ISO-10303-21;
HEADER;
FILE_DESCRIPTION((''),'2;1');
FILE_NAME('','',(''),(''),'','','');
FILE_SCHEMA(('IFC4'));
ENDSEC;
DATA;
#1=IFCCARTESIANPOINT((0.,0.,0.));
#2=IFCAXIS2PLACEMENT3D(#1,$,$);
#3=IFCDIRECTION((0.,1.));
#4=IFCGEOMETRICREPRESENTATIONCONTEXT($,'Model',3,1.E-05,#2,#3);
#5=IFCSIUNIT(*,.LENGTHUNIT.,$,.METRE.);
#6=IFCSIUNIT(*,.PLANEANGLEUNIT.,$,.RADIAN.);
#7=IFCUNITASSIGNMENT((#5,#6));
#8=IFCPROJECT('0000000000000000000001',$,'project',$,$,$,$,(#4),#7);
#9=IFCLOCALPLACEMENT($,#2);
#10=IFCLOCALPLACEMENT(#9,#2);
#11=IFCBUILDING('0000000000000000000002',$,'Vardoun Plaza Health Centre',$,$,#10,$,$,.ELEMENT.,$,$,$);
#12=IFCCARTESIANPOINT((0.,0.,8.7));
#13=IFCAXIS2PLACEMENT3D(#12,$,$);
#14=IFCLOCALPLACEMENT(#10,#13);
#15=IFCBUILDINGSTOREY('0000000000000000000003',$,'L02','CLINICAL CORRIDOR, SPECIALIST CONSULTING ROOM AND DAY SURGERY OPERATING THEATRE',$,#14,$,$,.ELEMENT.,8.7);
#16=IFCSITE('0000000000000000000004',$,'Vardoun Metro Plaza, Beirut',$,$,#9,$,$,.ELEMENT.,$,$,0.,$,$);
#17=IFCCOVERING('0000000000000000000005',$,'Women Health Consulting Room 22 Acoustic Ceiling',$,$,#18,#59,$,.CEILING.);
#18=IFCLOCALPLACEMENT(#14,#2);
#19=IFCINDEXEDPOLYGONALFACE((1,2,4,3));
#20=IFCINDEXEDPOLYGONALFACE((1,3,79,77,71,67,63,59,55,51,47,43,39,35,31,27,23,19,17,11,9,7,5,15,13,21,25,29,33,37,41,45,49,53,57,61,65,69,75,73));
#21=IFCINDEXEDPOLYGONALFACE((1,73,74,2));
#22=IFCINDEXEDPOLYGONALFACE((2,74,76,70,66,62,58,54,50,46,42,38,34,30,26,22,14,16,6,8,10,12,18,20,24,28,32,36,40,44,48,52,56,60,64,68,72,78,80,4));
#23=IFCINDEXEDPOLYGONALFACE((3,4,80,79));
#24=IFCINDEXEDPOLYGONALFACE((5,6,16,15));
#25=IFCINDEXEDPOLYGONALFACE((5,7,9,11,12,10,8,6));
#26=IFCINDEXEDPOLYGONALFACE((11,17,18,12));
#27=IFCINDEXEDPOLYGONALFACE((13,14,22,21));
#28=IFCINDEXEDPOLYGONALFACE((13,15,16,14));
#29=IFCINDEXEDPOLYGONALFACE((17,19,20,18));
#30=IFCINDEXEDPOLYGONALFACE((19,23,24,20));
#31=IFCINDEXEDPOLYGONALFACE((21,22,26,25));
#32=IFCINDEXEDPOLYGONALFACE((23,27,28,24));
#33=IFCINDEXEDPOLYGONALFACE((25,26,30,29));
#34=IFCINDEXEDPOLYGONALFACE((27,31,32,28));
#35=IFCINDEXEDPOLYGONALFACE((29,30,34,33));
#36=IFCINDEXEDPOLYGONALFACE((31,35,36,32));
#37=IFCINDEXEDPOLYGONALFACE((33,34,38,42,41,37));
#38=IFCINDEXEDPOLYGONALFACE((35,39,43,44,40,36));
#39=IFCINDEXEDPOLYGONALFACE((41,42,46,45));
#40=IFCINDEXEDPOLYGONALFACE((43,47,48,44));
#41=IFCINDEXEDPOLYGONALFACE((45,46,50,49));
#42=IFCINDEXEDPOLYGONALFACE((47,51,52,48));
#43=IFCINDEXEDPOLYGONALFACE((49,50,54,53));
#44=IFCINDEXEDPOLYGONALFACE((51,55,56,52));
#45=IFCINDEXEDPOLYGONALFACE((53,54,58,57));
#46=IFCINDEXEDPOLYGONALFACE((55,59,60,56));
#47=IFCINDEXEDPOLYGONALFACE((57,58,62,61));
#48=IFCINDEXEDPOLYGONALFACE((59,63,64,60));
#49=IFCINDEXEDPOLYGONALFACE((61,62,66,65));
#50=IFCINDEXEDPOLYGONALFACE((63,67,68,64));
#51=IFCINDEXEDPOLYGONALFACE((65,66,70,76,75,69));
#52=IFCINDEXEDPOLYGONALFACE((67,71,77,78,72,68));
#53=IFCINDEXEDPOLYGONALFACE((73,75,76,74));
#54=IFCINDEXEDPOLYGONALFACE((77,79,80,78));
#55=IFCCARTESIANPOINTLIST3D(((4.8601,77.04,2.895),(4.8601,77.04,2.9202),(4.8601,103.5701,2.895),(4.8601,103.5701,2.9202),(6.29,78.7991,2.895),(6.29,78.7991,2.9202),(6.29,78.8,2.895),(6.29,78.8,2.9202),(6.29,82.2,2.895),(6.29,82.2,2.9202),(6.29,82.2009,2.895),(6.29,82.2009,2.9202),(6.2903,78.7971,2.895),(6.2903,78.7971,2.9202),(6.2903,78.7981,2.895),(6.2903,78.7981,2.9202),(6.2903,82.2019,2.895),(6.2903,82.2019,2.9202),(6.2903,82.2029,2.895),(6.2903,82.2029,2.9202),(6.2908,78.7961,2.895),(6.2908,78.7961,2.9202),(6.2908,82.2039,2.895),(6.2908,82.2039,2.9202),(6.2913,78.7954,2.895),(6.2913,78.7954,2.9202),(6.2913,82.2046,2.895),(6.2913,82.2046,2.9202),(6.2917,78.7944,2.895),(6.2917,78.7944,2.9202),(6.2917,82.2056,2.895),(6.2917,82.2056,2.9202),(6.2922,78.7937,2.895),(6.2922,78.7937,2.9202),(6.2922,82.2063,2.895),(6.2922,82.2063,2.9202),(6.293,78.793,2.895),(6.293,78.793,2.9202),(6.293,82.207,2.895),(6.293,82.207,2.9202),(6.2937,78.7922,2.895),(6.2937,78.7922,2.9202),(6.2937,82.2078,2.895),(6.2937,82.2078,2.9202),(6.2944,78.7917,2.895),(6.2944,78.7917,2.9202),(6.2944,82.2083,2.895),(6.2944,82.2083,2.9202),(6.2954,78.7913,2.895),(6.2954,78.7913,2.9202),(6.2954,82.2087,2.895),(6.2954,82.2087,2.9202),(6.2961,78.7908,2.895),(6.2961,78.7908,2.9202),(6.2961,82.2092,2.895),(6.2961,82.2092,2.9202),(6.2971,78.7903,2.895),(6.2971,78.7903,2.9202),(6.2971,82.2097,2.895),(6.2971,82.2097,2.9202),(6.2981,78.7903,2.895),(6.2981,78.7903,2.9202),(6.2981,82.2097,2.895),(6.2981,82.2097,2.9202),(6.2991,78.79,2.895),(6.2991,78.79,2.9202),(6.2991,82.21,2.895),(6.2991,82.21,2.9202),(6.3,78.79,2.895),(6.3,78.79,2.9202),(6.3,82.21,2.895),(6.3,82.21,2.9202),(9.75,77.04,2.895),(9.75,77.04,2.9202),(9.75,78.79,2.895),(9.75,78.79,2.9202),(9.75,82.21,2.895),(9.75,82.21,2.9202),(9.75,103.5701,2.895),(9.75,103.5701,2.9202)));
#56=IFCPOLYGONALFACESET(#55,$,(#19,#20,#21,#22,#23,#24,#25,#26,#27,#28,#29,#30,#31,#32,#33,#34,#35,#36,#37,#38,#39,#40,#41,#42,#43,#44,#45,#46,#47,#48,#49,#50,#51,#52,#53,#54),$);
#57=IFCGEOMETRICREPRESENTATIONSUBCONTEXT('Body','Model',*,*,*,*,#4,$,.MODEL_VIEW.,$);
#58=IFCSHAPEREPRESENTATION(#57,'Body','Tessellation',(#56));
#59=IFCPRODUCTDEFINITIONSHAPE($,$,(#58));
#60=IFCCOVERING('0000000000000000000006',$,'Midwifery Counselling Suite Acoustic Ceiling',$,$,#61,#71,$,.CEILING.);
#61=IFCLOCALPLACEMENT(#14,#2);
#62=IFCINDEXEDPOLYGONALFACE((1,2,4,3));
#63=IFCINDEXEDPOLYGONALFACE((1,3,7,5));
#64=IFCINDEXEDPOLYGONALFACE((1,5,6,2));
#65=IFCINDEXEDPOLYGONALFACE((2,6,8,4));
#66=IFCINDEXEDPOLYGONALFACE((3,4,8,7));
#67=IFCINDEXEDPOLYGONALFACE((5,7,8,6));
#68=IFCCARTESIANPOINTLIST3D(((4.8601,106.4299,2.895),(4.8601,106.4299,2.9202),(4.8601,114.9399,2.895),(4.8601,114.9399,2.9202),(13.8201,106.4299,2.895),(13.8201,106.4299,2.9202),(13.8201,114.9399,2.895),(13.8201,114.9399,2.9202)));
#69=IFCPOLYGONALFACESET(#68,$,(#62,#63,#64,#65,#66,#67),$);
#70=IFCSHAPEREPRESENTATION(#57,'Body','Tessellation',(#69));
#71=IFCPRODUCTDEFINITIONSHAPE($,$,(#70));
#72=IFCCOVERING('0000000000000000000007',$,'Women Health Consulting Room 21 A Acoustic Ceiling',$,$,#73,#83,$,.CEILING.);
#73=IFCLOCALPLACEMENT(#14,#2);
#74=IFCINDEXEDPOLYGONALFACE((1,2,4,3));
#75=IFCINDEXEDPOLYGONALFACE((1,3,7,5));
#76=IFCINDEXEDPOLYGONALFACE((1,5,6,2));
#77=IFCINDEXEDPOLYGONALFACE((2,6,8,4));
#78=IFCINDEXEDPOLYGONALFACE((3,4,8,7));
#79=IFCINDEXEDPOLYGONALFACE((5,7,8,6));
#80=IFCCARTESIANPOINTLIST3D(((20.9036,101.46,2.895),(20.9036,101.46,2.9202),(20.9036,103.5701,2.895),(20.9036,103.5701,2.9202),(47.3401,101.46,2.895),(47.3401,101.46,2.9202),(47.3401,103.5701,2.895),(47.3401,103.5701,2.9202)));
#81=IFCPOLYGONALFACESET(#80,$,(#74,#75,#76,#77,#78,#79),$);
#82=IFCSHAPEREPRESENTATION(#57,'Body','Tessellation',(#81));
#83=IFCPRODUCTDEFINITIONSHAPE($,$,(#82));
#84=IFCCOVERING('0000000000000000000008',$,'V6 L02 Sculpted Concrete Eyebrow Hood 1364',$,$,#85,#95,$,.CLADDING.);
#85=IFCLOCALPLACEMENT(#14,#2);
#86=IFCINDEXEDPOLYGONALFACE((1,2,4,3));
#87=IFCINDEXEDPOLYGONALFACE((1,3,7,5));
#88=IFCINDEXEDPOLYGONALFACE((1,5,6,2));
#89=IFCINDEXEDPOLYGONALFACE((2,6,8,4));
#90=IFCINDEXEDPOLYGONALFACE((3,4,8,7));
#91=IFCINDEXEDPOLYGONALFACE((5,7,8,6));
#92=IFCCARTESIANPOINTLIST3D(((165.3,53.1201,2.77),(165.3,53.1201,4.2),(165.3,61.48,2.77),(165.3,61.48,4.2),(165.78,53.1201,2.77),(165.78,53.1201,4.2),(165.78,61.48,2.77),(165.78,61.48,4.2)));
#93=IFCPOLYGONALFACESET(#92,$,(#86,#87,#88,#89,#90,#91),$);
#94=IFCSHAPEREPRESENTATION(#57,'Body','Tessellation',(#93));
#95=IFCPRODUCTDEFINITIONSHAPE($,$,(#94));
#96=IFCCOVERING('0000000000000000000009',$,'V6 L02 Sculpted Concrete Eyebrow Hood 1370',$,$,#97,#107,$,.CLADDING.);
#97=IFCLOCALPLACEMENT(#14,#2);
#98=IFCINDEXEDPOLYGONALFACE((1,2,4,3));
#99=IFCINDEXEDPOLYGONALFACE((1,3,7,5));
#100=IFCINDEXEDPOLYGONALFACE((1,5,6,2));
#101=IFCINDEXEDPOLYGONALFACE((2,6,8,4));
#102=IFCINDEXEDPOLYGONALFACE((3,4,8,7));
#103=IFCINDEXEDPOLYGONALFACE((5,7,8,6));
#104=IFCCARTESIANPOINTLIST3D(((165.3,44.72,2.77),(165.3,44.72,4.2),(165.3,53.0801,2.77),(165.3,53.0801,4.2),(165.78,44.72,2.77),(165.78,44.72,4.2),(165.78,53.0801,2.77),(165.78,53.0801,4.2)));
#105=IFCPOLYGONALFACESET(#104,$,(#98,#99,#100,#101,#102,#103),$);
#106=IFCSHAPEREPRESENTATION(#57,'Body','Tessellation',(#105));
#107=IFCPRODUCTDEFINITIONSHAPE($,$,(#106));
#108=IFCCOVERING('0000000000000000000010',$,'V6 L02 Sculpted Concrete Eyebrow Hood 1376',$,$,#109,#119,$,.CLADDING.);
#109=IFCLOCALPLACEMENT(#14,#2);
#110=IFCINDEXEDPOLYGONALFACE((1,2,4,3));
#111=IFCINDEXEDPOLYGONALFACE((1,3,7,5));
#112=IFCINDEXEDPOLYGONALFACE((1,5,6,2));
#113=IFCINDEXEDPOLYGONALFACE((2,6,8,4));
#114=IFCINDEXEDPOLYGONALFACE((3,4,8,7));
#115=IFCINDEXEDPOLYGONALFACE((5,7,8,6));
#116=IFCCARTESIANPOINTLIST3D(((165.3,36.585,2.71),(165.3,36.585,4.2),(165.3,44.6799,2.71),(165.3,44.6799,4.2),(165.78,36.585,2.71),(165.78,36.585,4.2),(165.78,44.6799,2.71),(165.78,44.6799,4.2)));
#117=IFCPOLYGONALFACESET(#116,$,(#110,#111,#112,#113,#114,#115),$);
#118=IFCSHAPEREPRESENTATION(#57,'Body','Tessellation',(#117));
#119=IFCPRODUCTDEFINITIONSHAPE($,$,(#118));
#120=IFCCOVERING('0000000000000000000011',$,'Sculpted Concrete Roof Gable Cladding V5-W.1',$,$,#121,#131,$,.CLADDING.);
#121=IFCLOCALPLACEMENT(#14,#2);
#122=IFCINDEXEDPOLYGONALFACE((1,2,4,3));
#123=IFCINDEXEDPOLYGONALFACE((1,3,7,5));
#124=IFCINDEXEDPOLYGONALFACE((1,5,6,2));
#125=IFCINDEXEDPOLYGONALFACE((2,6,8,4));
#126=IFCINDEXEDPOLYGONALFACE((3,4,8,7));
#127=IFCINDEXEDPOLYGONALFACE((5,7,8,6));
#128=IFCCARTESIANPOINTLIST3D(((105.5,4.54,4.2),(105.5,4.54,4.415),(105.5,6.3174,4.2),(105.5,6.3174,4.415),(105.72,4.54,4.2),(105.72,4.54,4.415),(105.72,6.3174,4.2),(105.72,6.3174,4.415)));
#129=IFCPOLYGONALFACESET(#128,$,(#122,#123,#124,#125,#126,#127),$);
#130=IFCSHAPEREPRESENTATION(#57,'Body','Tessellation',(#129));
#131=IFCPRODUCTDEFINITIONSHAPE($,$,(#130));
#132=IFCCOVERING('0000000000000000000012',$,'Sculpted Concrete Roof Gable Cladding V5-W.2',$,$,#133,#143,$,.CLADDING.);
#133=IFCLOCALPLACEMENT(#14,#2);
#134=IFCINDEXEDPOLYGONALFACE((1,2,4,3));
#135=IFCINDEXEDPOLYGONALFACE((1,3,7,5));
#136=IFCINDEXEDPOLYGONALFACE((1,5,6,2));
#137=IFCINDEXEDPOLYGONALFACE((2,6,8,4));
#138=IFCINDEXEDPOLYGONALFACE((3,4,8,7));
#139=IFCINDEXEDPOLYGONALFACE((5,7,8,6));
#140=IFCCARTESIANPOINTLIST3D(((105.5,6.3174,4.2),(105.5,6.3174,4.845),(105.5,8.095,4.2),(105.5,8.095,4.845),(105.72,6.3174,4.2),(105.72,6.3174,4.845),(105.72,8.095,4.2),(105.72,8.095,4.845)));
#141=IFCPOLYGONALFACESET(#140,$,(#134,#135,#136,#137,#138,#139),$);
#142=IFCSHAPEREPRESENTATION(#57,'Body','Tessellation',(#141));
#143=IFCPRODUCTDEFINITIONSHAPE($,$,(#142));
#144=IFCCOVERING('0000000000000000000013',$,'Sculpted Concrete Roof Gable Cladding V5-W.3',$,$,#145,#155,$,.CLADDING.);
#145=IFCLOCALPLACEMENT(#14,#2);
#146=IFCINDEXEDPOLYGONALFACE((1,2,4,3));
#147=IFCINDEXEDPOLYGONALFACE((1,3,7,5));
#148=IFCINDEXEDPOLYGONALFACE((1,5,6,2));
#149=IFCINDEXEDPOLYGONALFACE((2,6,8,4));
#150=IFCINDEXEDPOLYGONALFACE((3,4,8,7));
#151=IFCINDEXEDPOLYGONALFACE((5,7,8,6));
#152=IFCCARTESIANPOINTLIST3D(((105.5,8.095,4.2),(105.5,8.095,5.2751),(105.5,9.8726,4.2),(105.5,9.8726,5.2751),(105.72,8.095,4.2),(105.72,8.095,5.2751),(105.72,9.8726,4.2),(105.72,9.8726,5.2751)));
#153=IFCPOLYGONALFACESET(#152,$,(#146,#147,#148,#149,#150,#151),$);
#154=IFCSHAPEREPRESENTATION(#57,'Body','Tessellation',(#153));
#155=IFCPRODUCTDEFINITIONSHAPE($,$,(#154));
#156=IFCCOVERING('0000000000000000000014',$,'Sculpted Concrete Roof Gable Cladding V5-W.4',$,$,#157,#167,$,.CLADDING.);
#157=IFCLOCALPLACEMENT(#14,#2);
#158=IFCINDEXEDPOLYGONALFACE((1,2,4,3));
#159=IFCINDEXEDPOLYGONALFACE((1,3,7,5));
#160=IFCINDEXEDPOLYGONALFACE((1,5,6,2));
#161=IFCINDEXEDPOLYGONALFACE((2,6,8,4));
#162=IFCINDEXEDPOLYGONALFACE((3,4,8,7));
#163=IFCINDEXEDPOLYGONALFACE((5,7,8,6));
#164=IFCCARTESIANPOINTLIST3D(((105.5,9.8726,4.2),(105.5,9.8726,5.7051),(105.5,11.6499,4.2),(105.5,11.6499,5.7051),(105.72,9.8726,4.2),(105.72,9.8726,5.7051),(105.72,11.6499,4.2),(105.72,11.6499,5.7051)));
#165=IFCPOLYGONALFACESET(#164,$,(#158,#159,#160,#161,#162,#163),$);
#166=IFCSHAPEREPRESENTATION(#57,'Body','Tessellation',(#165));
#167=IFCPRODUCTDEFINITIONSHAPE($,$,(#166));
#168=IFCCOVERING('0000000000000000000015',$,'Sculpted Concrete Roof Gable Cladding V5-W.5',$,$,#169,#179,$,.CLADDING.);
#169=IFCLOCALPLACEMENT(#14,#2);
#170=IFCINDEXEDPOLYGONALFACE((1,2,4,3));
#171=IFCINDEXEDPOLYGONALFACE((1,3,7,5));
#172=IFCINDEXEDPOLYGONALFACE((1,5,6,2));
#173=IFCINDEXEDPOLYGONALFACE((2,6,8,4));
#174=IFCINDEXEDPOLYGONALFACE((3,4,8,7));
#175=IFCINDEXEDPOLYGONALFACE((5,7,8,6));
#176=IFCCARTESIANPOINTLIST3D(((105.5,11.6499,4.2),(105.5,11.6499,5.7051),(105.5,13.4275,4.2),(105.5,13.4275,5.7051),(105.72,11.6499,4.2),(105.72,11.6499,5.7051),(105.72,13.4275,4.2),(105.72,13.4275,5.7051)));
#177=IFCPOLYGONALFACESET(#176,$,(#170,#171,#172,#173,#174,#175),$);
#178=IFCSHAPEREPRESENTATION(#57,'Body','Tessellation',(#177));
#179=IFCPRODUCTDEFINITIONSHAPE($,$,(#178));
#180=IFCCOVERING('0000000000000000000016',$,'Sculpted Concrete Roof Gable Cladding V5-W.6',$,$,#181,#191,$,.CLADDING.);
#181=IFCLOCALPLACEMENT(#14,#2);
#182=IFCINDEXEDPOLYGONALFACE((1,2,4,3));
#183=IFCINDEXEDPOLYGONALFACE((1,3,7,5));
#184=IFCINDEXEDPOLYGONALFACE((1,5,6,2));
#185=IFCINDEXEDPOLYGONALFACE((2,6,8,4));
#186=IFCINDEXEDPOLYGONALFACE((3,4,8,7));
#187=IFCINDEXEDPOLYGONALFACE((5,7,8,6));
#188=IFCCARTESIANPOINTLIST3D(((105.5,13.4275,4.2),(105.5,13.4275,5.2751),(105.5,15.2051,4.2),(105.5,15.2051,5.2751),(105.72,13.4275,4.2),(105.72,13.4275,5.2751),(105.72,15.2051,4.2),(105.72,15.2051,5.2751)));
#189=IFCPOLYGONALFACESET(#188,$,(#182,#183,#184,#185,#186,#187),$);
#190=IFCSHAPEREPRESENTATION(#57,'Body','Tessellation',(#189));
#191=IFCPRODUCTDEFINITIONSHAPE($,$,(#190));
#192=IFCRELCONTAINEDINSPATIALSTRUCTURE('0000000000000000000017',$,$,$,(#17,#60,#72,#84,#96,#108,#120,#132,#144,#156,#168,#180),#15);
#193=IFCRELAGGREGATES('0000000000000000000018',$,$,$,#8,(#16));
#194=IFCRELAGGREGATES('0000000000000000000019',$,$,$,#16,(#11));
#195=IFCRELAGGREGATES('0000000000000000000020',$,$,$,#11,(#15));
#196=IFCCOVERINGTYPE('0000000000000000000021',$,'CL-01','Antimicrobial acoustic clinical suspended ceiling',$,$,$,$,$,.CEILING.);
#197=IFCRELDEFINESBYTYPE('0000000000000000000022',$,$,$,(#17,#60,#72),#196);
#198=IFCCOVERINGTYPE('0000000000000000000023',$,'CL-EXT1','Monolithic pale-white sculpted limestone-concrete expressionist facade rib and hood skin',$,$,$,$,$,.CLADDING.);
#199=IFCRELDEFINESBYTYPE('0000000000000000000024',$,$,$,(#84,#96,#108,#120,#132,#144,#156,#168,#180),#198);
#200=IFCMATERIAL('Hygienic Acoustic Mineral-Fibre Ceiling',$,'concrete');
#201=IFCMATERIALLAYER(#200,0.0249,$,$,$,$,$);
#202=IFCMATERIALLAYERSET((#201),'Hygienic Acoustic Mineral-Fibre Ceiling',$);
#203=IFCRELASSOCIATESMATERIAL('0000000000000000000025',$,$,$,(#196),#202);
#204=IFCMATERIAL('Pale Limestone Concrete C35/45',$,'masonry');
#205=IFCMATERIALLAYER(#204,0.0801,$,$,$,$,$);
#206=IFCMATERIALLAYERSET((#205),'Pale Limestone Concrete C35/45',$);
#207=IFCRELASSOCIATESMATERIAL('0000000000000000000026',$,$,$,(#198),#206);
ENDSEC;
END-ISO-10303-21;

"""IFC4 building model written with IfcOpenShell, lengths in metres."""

from ifc_helpers import new_model, si_unit, direction, frame, origin, place, context, subcontext, project, spatial, polyline, outline, extrude, material, layer, layer_set, type_object, element, save


model = new_model("IFC4")

# Units and contexts
model_context = context("Model", 3, precision=1e-05, world=origin(), true_north=direction((0.0, 1.0)))
body_context = subcontext(model_context, "Body", "Model", "MODEL_VIEW")
ifc_project = project(units=[si_unit("LENGTHUNIT", "METRE"), si_unit("PLANEANGLEUNIT", "RADIAN")], contexts=[model_context])

# Site, building, storey
site_placement = place(None, origin())
site = spatial("IfcSite", under=ifc_project, at=site_placement, Name="Vardoun Metro Plaza, Beirut", CompositionType="ELEMENT", RefElevation=0.0)
building_placement = place(site_placement, origin())
building = spatial("IfcBuilding", under=site, at=building_placement, Name="Vardoun Plaza Health Centre", CompositionType="ELEMENT")
storey_placement = place(building_placement, frame((0.0, 0.0, 8.7)))
storey = spatial("IfcBuildingStorey", under=building, at=storey_placement, Name="L02", Description="CLINICAL CORRIDOR, SPECIALIST CONSULTING ROOM AND DAY SURGERY OPERATING THEATRE", CompositionType="ELEMENT", Elevation=8.7)

# Coverings
ifc_material_1 = material(Name="Hygienic Acoustic Mineral-Fibre Ceiling", Category="concrete")
ifc_layer_1 = layer(ifc_material_1, 0.0249)
ifc_layer_set_1 = layer_set([ifc_layer_1], Name="Hygienic Acoustic Mineral-Fibre Ceiling")
covering_type_1 = type_object("IfcCoveringType", Name="CL-01", Description="Antimicrobial acoustic clinical suspended ceiling", PredefinedType="CEILING", material=ifc_layer_set_1)
covering_1_placement = place(storey_placement, frame((0.0, 0.0, 2.895)))
element("IfcCovering", 1, at=covering_1_placement, inside=storey, type_object=covering_type_1, Name="Women Health Consulting Room 22 Acoustic Ceiling", PredefinedType="CEILING", context=body_context, shape_type="SweptSolid", body=[
    extrude(outline(polyline([(4.8601, 103.5701), (9.75, 103.5701), (9.75, 82.21), (6.3, 82.21), (6.2991, 82.21), (6.2981, 82.2097), (6.2971, 82.2097), (6.2961, 82.2092), (6.2954, 82.2087), (6.2944, 82.2083), (6.2937, 82.2078), (6.293, 82.207), (6.2922, 82.2063), (6.2917, 82.2056), (6.2913, 82.2046), (6.2908, 82.2039), (6.2903, 82.2029), (6.2903, 82.2019), (6.29, 82.2009), (6.29, 82.2), (6.29, 78.8), (6.29, 78.7991), (6.2903, 78.7981), (6.2903, 78.7971), (6.2908, 78.7961), (6.2913, 78.7954), (6.2917, 78.7944), (6.2922, 78.7937), (6.293, 78.793), (6.2937, 78.7922), (6.2944, 78.7917), (6.2954, 78.7913), (6.2961, 78.7908), (6.2971, 78.7903), (6.2981, 78.7903), (6.2991, 78.79), (6.3, 78.79), (9.75, 78.79), (9.75, 77.04), (4.8601, 77.04), (4.8601, 103.5701)])), origin(), (0.0, 0.0, 1.0), 0.0251),
])
covering_2_placement = place(storey_placement, frame((0.0, 0.0, 2.895)))
element("IfcCovering", 2, at=covering_2_placement, inside=storey, type_object=covering_type_1, Name="Midwifery Counselling Suite Acoustic Ceiling", PredefinedType="CEILING", context=body_context, shape_type="SweptSolid", body=[
    extrude(outline(polyline([(13.8201, 114.9399), (13.8201, 106.4299), (4.8601, 106.4299), (4.8601, 114.9399), (13.8201, 114.9399)])), origin(), (0.0, 0.0, 1.0), 0.0251),
])
covering_3_placement = place(storey_placement, frame((0.0, 0.0, 2.895)))
element("IfcCovering", 3, at=covering_3_placement, inside=storey, type_object=covering_type_1, Name="Women Health Consulting Room 21 A Acoustic Ceiling", PredefinedType="CEILING", context=body_context, shape_type="SweptSolid", body=[
    extrude(outline(polyline([(20.9036, 101.46), (20.9036, 103.5701), (47.3401, 103.5701), (47.3401, 101.46), (20.9036, 101.46)])), origin(), (0.0, 0.0, 1.0), 0.0251),
])
ifc_material_2 = material(Name="Pale Limestone Concrete C35/45", Category="masonry")
ifc_layer_2 = layer(ifc_material_2, 0.0801)
ifc_layer_set_2 = layer_set([ifc_layer_2], Name="Pale Limestone Concrete C35/45")
covering_type_2 = type_object("IfcCoveringType", Name="CL-EXT1", Description="Monolithic pale-white sculpted limestone-concrete expressionist facade rib and hood skin", PredefinedType="CLADDING", material=ifc_layer_set_2)
covering_4_placement = place(storey_placement, frame((0.0, 0.0, 2.77)))
element("IfcCovering", 4, at=covering_4_placement, inside=storey, type_object=covering_type_2, Name="V6 L02 Sculpted Concrete Eyebrow Hood 1364", PredefinedType="CLADDING", context=body_context, shape_type="SweptSolid", body=[
    extrude(outline(polyline([(165.3, 61.48), (165.3, 53.1201), (165.78, 53.1201), (165.78, 61.48), (165.3, 61.48)])), origin(), (0.0, 0.0, 1.0), 1.4299),
])
covering_5_placement = place(storey_placement, frame((0.0, 0.0, 2.77)))
element("IfcCovering", 5, at=covering_5_placement, inside=storey, type_object=covering_type_2, Name="V6 L02 Sculpted Concrete Eyebrow Hood 1370", PredefinedType="CLADDING", context=body_context, shape_type="SweptSolid", body=[
    extrude(outline(polyline([(165.3, 53.0801), (165.3, 44.72), (165.78, 44.72), (165.78, 53.0801), (165.3, 53.0801)])), origin(), (0.0, 0.0, 1.0), 1.4299),
])
covering_6_placement = place(storey_placement, frame((0.0, 0.0, 2.71)))
element("IfcCovering", 6, at=covering_6_placement, inside=storey, type_object=covering_type_2, Name="V6 L02 Sculpted Concrete Eyebrow Hood 1376", PredefinedType="CLADDING", context=body_context, shape_type="SweptSolid", body=[
    extrude(outline(polyline([(165.3, 44.6799), (165.3, 36.585), (165.78, 36.585), (165.78, 44.6799), (165.3, 44.6799)])), origin(), (0.0, 0.0, 1.0), 1.49),
])
covering_7_placement = place(storey_placement, frame((0.0, 0.0, 4.2)))
element("IfcCovering", 7, at=covering_7_placement, inside=storey, type_object=covering_type_2, Name="Sculpted Concrete Roof Gable Cladding V5-W.1", PredefinedType="CLADDING", context=body_context, shape_type="SweptSolid", body=[
    extrude(outline(polyline([(105.72, 4.54), (105.72, 6.3174), (105.5, 6.3174), (105.5, 4.54), (105.72, 4.54)])), origin(), (0.0, 0.0, 1.0), 0.2151),
])
covering_8_placement = place(storey_placement, frame((0.0, 0.0, 4.2)))
element("IfcCovering", 8, at=covering_8_placement, inside=storey, type_object=covering_type_2, Name="Sculpted Concrete Roof Gable Cladding V5-W.2", PredefinedType="CLADDING", context=body_context, shape_type="SweptSolid", body=[
    extrude(outline(polyline([(105.72, 6.3174), (105.72, 8.095), (105.5, 8.095), (105.5, 6.3174), (105.72, 6.3174)])), origin(), (0.0, 0.0, 1.0), 0.645),
])
covering_9_placement = place(storey_placement, frame((0.0, 0.0, 4.2)))
element("IfcCovering", 9, at=covering_9_placement, inside=storey, type_object=covering_type_2, Name="Sculpted Concrete Roof Gable Cladding V5-W.3", PredefinedType="CLADDING", context=body_context, shape_type="SweptSolid", body=[
    extrude(outline(polyline([(105.72, 8.095), (105.72, 9.8726), (105.5, 9.8726), (105.5, 8.095), (105.72, 8.095)])), origin(), (0.0, 0.0, 1.0), 1.0752),
])
covering_10_placement = place(storey_placement, frame((0.0, 0.0, 4.2)))
element("IfcCovering", 10, at=covering_10_placement, inside=storey, type_object=covering_type_2, Name="Sculpted Concrete Roof Gable Cladding V5-W.4", PredefinedType="CLADDING", context=body_context, shape_type="SweptSolid", body=[
    extrude(outline(polyline([(105.72, 9.8726), (105.72, 11.6499), (105.5, 11.6499), (105.5, 9.8726), (105.72, 9.8726)])), origin(), (0.0, 0.0, 1.0), 1.5051),
])
covering_11_placement = place(storey_placement, frame((0.0, 0.0, 4.2)))
element("IfcCovering", 11, at=covering_11_placement, inside=storey, type_object=covering_type_2, Name="Sculpted Concrete Roof Gable Cladding V5-W.5", PredefinedType="CLADDING", context=body_context, shape_type="SweptSolid", body=[
    extrude(outline(polyline([(105.72, 11.6499), (105.72, 13.4275), (105.5, 13.4275), (105.5, 11.6499), (105.72, 11.6499)])), origin(), (0.0, 0.0, 1.0), 1.5051),
])
covering_12_placement = place(storey_placement, frame((0.0, 0.0, 4.2)))
element("IfcCovering", 12, at=covering_12_placement, inside=storey, type_object=covering_type_2, Name="Sculpted Concrete Roof Gable Cladding V5-W.6", PredefinedType="CLADDING", context=body_context, shape_type="SweptSolid", body=[
    extrude(outline(polyline([(105.72, 13.4275), (105.72, 15.2051), (105.5, 15.2051), (105.5, 13.4275), (105.72, 13.4275)])), origin(), (0.0, 0.0, 1.0), 1.0752),
])

save(model, "model.ifc")
